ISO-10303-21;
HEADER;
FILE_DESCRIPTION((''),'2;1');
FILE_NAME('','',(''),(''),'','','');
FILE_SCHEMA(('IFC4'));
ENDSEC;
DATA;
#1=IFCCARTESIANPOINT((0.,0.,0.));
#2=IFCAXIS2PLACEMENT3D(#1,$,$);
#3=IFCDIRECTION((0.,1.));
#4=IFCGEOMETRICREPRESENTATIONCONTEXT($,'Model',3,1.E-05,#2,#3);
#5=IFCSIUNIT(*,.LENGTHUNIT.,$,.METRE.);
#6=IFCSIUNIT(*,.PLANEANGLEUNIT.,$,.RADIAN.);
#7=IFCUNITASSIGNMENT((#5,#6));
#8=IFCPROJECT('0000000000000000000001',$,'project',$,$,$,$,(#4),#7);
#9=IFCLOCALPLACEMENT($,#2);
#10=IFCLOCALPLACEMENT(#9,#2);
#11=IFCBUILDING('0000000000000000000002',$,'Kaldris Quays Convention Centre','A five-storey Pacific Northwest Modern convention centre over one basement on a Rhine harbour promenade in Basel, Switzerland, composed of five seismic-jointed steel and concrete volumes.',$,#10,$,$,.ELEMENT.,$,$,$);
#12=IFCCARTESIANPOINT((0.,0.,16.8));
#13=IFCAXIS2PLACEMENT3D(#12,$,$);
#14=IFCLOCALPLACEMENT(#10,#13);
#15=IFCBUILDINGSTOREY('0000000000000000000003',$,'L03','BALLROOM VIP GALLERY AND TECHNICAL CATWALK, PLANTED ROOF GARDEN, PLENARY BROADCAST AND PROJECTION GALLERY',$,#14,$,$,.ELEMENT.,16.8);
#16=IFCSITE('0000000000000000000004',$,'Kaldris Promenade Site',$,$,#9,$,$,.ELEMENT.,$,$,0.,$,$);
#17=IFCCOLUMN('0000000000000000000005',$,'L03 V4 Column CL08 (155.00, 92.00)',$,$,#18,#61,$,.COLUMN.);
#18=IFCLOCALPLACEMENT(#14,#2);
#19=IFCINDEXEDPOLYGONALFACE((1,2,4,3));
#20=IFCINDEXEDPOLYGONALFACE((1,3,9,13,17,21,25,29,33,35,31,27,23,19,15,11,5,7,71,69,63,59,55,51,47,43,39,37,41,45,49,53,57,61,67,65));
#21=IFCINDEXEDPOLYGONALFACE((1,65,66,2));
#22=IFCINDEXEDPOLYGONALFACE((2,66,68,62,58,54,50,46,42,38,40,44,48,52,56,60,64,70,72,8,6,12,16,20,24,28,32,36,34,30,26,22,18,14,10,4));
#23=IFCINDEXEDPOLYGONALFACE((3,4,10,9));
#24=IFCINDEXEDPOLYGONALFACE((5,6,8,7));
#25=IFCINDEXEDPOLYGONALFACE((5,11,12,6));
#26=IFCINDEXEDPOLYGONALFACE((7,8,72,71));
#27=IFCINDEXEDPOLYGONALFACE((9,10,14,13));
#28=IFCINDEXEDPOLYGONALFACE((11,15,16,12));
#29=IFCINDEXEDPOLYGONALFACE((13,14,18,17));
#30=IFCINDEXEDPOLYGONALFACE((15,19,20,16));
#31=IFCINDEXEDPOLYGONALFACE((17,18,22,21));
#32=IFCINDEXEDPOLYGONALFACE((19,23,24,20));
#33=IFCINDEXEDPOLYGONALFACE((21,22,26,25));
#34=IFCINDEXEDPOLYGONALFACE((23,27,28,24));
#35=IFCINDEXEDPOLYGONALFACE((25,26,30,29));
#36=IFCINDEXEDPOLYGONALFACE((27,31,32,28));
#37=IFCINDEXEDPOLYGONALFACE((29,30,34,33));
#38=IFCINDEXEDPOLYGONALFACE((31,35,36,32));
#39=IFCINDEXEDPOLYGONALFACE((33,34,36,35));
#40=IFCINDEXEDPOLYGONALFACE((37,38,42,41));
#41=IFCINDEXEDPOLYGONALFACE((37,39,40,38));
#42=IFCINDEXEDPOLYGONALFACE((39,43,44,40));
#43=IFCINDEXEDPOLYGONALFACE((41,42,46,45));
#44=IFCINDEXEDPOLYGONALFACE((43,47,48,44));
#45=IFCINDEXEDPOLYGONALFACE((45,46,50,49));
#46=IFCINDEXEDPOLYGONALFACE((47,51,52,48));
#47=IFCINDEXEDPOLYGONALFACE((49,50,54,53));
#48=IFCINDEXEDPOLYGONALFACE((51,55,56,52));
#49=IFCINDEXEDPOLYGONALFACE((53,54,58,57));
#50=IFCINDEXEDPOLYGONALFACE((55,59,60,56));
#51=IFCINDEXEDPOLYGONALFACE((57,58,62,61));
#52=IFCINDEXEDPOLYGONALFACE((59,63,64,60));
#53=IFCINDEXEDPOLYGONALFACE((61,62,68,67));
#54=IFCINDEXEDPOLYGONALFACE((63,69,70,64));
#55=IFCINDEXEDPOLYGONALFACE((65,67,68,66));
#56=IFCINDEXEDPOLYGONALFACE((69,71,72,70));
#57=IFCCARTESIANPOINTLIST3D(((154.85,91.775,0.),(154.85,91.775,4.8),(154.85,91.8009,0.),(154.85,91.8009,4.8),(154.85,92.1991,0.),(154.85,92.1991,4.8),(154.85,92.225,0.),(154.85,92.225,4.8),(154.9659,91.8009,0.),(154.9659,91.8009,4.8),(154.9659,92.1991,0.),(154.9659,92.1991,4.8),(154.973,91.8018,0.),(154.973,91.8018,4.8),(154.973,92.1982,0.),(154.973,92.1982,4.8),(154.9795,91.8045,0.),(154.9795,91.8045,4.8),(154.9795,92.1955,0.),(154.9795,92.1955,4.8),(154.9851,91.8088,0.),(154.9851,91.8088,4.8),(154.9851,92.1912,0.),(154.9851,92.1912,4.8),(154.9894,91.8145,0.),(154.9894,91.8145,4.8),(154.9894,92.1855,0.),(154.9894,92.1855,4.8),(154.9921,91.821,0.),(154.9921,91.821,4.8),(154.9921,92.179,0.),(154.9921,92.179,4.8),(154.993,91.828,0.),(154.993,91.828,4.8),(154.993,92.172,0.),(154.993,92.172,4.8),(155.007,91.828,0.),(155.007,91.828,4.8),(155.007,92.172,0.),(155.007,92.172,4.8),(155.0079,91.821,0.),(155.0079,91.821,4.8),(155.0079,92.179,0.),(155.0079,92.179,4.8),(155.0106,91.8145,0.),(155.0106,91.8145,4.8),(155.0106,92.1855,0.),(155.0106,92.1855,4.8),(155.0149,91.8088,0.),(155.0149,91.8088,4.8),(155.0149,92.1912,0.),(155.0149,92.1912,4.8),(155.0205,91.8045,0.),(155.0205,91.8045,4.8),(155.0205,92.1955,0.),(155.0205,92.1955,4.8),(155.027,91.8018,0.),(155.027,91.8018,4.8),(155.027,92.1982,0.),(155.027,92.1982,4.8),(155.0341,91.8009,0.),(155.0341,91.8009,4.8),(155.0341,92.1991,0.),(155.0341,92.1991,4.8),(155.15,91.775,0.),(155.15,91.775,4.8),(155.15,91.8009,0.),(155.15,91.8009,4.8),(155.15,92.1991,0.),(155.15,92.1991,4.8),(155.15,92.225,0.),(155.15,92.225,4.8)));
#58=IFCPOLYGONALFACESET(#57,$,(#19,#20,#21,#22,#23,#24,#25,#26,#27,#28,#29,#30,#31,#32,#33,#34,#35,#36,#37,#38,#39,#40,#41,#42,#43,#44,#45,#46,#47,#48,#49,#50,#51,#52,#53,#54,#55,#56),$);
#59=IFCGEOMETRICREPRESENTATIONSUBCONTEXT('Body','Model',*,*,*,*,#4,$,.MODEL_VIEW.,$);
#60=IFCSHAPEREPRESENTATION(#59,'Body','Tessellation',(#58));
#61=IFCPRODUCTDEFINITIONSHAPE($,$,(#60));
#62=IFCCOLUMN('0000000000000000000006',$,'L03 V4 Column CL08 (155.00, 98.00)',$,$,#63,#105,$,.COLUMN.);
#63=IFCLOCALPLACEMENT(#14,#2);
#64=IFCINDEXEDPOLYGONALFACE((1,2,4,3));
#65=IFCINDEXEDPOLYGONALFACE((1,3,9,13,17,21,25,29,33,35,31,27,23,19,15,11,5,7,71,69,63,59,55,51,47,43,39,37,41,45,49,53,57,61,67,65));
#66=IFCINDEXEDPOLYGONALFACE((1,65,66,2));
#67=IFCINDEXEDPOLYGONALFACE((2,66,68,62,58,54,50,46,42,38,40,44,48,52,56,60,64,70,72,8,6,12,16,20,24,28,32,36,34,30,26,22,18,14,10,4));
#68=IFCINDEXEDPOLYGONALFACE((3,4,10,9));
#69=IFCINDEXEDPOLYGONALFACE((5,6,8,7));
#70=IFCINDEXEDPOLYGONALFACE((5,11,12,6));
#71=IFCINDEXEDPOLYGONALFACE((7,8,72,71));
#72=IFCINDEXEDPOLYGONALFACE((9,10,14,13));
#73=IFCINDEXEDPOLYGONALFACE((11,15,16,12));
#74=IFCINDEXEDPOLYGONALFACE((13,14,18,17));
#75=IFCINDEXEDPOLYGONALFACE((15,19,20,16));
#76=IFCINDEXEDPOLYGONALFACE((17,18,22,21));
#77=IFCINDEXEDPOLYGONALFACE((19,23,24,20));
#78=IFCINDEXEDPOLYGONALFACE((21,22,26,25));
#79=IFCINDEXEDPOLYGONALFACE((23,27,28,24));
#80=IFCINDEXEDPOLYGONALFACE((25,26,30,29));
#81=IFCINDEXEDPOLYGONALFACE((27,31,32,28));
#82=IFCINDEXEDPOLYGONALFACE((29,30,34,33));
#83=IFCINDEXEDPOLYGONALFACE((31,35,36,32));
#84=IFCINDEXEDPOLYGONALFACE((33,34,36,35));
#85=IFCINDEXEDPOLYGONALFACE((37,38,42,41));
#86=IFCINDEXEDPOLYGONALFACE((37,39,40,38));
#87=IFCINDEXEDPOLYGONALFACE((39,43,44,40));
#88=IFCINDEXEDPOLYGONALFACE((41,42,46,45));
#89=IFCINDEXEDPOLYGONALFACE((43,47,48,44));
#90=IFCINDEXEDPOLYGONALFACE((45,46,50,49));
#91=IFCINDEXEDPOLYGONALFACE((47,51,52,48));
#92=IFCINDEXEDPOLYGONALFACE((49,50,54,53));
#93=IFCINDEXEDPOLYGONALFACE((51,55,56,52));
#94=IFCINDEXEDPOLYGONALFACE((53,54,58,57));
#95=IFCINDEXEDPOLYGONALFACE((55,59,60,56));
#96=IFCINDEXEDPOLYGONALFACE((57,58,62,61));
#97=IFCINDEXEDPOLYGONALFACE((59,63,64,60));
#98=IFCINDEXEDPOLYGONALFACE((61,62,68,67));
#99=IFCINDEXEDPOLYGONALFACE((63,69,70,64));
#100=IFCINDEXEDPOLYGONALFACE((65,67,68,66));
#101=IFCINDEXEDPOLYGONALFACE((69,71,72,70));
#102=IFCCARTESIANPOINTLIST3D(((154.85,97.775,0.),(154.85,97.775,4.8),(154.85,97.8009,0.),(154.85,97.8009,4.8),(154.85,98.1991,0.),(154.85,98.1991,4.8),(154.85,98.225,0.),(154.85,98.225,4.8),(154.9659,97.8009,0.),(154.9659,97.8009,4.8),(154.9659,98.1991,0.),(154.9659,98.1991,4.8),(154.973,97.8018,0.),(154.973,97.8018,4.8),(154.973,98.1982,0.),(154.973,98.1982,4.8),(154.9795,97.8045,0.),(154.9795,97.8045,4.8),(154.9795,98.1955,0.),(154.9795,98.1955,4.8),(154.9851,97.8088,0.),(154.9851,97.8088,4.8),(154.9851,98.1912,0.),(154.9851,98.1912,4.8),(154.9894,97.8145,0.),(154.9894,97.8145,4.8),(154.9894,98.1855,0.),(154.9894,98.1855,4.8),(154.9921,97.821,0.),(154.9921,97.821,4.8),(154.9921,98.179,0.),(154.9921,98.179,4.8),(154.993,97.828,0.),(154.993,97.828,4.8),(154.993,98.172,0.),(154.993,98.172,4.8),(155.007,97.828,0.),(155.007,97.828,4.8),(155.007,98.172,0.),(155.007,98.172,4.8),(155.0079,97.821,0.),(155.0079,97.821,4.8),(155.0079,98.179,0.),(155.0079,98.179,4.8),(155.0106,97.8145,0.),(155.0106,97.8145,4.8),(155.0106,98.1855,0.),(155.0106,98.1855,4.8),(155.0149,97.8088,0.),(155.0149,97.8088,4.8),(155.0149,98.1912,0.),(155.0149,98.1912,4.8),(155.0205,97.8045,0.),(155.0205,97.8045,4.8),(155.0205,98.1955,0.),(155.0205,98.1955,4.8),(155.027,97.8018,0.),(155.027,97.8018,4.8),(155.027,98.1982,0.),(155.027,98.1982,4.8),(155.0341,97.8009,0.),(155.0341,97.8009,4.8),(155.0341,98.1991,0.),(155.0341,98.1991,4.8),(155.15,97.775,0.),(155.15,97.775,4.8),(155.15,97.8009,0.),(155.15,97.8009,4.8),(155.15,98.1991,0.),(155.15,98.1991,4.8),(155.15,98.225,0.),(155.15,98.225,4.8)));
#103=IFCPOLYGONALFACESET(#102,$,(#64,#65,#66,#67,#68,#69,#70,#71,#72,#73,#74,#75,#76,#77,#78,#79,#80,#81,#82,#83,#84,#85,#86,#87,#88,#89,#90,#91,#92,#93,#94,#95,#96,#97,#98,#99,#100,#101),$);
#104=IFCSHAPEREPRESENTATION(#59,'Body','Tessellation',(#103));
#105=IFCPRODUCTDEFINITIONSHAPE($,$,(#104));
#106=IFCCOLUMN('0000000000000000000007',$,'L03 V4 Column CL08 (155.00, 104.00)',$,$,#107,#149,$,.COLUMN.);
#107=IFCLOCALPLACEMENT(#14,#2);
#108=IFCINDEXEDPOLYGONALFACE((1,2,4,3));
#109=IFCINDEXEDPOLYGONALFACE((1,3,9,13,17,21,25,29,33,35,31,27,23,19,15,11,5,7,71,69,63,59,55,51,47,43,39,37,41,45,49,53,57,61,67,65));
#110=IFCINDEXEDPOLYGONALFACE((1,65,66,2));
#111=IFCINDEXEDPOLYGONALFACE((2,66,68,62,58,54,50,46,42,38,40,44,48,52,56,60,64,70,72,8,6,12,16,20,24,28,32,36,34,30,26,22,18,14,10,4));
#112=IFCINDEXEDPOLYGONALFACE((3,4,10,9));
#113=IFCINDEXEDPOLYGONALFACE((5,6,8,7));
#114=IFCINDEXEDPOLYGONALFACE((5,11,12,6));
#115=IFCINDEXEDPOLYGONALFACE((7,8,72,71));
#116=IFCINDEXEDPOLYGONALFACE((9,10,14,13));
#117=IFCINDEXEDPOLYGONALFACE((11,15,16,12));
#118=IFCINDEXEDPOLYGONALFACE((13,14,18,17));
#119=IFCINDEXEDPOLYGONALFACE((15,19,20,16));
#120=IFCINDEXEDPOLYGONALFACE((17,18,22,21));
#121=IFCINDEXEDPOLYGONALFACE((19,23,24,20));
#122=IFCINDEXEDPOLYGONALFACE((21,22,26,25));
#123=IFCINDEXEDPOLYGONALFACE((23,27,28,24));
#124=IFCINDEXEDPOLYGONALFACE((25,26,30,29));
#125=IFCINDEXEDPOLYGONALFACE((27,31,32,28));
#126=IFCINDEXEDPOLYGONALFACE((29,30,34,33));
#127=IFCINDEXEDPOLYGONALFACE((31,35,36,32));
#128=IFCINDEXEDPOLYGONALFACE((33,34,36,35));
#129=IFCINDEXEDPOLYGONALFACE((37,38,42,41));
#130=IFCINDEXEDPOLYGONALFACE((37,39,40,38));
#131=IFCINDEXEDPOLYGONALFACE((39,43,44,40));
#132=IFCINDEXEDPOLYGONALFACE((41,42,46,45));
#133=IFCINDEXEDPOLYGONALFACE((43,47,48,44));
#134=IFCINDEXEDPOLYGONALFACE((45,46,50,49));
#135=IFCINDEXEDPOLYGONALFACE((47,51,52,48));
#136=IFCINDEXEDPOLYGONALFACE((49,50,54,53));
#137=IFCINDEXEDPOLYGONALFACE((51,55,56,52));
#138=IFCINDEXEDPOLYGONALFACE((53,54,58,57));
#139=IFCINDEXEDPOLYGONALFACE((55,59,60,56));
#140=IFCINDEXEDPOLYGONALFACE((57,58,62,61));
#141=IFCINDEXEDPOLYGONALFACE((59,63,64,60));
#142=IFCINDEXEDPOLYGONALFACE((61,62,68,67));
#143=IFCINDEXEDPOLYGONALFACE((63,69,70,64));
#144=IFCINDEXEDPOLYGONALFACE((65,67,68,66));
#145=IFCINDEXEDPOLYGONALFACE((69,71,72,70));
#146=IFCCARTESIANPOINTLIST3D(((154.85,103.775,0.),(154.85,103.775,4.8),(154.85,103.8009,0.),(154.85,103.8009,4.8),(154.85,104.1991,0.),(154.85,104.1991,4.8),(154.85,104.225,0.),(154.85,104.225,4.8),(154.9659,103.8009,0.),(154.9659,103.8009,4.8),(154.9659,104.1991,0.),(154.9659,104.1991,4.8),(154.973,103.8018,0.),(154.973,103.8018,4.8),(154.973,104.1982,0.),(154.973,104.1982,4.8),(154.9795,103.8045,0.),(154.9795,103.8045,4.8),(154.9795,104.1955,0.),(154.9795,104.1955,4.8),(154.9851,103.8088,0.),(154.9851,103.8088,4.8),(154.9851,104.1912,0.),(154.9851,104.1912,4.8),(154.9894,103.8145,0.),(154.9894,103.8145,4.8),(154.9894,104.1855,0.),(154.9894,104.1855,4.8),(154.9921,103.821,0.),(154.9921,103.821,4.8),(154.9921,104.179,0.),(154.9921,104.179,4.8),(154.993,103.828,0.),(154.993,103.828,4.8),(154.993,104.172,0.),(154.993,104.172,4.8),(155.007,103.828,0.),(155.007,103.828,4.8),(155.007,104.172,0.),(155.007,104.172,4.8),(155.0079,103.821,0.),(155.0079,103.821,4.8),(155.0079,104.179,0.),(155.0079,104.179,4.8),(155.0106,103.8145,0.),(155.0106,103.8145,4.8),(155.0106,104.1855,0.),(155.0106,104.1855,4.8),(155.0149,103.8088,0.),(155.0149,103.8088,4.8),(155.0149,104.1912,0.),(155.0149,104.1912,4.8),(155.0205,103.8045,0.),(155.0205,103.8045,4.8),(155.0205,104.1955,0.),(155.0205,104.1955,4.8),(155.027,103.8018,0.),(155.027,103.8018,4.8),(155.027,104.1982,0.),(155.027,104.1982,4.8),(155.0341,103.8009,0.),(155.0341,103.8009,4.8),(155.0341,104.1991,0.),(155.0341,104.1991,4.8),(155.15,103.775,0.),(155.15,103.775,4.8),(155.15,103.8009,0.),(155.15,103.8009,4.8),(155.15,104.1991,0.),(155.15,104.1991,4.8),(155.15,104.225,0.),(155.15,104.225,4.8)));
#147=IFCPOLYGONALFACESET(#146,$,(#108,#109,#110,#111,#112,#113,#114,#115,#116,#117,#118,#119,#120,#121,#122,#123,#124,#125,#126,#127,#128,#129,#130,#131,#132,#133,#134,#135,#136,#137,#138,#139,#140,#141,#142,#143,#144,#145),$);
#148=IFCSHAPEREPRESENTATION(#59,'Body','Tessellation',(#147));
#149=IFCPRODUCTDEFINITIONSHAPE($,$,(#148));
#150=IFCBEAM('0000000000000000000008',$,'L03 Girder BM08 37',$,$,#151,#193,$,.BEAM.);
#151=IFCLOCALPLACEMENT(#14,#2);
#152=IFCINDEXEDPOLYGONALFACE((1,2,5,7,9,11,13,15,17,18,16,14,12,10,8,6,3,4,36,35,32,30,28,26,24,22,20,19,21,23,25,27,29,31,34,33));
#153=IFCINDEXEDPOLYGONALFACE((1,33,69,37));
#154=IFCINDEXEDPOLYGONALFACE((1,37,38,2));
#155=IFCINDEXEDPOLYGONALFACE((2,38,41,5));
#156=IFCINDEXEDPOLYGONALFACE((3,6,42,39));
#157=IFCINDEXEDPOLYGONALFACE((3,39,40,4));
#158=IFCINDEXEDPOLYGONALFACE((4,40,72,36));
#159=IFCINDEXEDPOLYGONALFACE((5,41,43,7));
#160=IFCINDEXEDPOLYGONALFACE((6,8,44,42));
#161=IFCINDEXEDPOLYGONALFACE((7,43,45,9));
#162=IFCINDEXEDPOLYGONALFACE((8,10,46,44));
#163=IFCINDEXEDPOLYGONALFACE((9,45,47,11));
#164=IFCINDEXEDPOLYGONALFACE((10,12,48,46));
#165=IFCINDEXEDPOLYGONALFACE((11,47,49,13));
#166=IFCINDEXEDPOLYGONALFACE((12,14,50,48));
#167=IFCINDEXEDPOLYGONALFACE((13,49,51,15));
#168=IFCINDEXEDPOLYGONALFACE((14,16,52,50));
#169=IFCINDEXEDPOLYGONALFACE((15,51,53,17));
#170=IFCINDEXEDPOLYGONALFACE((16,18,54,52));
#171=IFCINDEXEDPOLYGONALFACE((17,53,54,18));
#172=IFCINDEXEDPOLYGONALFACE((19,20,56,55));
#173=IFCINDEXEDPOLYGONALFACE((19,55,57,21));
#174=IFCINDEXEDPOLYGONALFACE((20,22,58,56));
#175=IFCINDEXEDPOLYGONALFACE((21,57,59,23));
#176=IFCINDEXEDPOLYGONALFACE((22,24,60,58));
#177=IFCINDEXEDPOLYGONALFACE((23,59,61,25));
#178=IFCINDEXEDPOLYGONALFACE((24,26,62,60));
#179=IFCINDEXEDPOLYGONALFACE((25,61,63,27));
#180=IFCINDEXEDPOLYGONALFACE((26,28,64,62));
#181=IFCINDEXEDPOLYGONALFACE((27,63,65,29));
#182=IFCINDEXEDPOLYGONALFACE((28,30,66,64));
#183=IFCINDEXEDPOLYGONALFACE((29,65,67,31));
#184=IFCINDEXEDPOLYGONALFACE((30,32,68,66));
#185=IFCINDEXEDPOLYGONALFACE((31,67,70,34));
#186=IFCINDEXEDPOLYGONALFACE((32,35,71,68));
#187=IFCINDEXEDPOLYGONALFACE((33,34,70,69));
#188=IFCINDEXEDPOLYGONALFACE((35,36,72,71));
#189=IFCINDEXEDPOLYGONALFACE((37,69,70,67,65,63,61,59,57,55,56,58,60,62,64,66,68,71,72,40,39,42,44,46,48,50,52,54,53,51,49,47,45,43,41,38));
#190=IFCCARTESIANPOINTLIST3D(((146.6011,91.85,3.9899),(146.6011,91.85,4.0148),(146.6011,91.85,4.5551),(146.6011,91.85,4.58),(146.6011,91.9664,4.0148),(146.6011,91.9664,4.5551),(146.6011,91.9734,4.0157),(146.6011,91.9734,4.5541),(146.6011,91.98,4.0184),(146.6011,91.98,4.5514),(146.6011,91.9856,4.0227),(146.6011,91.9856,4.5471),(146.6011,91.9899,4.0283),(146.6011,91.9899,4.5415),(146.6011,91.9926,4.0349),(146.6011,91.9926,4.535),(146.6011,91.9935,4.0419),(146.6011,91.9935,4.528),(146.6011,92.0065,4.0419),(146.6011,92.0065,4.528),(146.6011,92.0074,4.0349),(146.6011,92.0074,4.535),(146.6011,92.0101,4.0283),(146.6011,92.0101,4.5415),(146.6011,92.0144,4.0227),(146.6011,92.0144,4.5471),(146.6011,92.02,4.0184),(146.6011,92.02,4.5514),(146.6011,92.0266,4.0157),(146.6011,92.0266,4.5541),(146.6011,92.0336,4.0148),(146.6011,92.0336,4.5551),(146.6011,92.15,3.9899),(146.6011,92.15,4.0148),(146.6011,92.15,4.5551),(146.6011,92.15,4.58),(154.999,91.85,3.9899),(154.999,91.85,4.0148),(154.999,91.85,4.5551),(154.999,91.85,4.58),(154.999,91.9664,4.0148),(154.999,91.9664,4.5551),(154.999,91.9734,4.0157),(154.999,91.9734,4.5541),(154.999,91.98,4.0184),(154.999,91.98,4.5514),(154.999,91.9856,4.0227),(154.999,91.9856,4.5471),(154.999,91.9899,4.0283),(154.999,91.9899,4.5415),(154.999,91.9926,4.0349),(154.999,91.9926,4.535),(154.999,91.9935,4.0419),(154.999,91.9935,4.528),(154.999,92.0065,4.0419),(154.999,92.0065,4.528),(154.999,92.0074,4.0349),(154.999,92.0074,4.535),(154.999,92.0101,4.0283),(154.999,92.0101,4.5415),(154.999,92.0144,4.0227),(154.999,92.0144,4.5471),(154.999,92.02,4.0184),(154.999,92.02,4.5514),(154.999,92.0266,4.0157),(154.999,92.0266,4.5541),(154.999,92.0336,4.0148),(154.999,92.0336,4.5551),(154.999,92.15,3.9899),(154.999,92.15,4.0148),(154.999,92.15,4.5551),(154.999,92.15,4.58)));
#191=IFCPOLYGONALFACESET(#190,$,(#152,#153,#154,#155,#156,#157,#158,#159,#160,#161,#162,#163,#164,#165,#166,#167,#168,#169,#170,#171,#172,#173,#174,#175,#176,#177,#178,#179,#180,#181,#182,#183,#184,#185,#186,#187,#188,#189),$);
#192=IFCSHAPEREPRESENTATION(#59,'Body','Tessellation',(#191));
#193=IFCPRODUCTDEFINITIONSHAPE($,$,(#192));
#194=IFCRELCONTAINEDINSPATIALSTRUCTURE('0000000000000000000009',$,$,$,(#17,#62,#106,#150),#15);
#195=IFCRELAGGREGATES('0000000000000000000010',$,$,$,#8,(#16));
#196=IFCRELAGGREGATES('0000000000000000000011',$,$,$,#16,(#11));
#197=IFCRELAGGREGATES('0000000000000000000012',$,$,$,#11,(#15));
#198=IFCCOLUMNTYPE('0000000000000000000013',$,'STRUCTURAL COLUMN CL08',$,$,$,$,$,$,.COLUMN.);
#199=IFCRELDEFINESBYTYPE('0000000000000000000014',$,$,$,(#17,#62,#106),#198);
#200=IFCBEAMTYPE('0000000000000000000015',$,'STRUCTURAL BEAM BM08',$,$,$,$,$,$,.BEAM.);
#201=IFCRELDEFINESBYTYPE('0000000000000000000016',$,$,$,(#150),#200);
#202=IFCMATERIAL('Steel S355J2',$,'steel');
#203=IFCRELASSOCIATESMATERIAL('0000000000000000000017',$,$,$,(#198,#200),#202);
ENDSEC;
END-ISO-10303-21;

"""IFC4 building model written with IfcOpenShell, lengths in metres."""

from ifc_helpers import new_model, si_unit, direction, frame, origin, origin_2d, place, context, subcontext, project, spatial, i_section, extrude, material, material_profile, profile_set, type_object, element, save


model = new_model("IFC4")

# Units and contexts
model_context = context("Model", 3, precision=1e-05, world=origin(), true_north=direction((0.0, 1.0)))
body_context = subcontext(model_context, "Body", "Model", "MODEL_VIEW")
ifc_project = project(units=[si_unit("LENGTHUNIT", "METRE"), si_unit("PLANEANGLEUNIT", "RADIAN")], contexts=[model_context])

# Site, building, storey
site_placement = place(None, origin())
site = spatial("IfcSite", under=ifc_project, at=site_placement, Name="Kaldris Promenade Site", CompositionType="ELEMENT", RefElevation=0.0)
building_placement = place(site_placement, origin())
building = spatial("IfcBuilding", under=site, at=building_placement, Name="Kaldris Quays Convention Centre", Description="A five-storey Pacific Northwest Modern convention centre over one basement on a Rhine harbour promenade in Basel, Switzerland, composed of five seismic-jointed steel and concrete volumes.", CompositionType="ELEMENT")
storey_placement = place(building_placement, frame((0.0, 0.0, 16.8)))
storey = spatial("IfcBuildingStorey", under=building, at=storey_placement, Name="L03", Description="BALLROOM VIP GALLERY AND TECHNICAL CATWALK, PLANTED ROOF GARDEN, PLENARY BROADCAST AND PROJECTION GALLERY", CompositionType="ELEMENT", Elevation=16.8)

# Columns
ifc_material_1 = material(Name="Steel S355J2", Category="steel")
ifc_material_profile_1 = material_profile(ifc_material_1, i_section(OverallWidth=0.3, OverallDepth=0.45, WebThickness=0.0139, FlangeThickness=0.0259, FilletRadius=0.0271, at=origin_2d()), Name="HEB 450")
ifc_profile_set_1 = profile_set([ifc_material_profile_1], Name="Steel S355J2")
column_type = type_object("IfcColumnType", Name="STRUCTURAL COLUMN CL08", PredefinedType="COLUMN", material=ifc_profile_set_1)
for number, where, z_axis, x_axis, name in (
    (1, (155.0, 92.0, 0.0), (0.0, 0.0, 1.0), (1.0, 0.0, 0.0), "L03 V4 Column CL08 (155.00, 92.00)"),
    (2, (155.0, 98.0, 0.0), (0.0, 0.0, 1.0), (1.0, 0.0, 0.0), "L03 V4 Column CL08 (155.00, 98.00)"),
    (3, (155.0, 104.0, 0.0), (0.0, 0.0, 1.0), (1.0, 0.0, 0.0), "L03 V4 Column CL08 (155.00, 104.00)"),
):
    element("IfcColumn", number, at=place(storey_placement, frame(where, z_axis=z_axis, x_axis=x_axis)), inside=storey, type_object=column_type, Name=name, PredefinedType="COLUMN", context=body_context, shape_type="SweptSolid", body=[
        extrude(i_section(OverallWidth=0.3, OverallDepth=0.45, WebThickness=0.0139, FlangeThickness=0.0259, FilletRadius=0.0271, at=origin_2d()), origin(), (0.0, 0.0, 1.0), 4.8),
    ])

# Beam
ifc_material_profile_2 = material_profile(ifc_material_1, i_section(OverallWidth=0.3, OverallDepth=0.5901, WebThickness=0.0129, FlangeThickness=0.0249, FilletRadius=0.0271, at=origin_2d()), Name="HEA 600")
ifc_profile_set_2 = profile_set([ifc_material_profile_2], Name="Steel S355J2")
beam_type_1 = type_object("IfcBeamType", Name="STRUCTURAL BEAM BM08", PredefinedType="BEAM", material=ifc_profile_set_2)
beam_1_placement = place(storey_placement, frame((146.6011, 92.0, 4.2849), z_axis=(1.0, 0.0, 0.0), x_axis=(0.0, 1.0, 0.0)))
element("IfcBeam", 4, at=beam_1_placement, inside=storey, type_object=beam_type_1, Name="L03 Girder BM08 37", PredefinedType="BEAM", context=body_context, shape_type="SweptSolid", body=[
    extrude(i_section(OverallWidth=0.3, OverallDepth=0.5901, WebThickness=0.0129, FlangeThickness=0.0249, FilletRadius=0.0271, at=origin_2d()), origin(), (0.0, 0.0, 1.0), 8.3979),
])

save(model, "model.ifc")
